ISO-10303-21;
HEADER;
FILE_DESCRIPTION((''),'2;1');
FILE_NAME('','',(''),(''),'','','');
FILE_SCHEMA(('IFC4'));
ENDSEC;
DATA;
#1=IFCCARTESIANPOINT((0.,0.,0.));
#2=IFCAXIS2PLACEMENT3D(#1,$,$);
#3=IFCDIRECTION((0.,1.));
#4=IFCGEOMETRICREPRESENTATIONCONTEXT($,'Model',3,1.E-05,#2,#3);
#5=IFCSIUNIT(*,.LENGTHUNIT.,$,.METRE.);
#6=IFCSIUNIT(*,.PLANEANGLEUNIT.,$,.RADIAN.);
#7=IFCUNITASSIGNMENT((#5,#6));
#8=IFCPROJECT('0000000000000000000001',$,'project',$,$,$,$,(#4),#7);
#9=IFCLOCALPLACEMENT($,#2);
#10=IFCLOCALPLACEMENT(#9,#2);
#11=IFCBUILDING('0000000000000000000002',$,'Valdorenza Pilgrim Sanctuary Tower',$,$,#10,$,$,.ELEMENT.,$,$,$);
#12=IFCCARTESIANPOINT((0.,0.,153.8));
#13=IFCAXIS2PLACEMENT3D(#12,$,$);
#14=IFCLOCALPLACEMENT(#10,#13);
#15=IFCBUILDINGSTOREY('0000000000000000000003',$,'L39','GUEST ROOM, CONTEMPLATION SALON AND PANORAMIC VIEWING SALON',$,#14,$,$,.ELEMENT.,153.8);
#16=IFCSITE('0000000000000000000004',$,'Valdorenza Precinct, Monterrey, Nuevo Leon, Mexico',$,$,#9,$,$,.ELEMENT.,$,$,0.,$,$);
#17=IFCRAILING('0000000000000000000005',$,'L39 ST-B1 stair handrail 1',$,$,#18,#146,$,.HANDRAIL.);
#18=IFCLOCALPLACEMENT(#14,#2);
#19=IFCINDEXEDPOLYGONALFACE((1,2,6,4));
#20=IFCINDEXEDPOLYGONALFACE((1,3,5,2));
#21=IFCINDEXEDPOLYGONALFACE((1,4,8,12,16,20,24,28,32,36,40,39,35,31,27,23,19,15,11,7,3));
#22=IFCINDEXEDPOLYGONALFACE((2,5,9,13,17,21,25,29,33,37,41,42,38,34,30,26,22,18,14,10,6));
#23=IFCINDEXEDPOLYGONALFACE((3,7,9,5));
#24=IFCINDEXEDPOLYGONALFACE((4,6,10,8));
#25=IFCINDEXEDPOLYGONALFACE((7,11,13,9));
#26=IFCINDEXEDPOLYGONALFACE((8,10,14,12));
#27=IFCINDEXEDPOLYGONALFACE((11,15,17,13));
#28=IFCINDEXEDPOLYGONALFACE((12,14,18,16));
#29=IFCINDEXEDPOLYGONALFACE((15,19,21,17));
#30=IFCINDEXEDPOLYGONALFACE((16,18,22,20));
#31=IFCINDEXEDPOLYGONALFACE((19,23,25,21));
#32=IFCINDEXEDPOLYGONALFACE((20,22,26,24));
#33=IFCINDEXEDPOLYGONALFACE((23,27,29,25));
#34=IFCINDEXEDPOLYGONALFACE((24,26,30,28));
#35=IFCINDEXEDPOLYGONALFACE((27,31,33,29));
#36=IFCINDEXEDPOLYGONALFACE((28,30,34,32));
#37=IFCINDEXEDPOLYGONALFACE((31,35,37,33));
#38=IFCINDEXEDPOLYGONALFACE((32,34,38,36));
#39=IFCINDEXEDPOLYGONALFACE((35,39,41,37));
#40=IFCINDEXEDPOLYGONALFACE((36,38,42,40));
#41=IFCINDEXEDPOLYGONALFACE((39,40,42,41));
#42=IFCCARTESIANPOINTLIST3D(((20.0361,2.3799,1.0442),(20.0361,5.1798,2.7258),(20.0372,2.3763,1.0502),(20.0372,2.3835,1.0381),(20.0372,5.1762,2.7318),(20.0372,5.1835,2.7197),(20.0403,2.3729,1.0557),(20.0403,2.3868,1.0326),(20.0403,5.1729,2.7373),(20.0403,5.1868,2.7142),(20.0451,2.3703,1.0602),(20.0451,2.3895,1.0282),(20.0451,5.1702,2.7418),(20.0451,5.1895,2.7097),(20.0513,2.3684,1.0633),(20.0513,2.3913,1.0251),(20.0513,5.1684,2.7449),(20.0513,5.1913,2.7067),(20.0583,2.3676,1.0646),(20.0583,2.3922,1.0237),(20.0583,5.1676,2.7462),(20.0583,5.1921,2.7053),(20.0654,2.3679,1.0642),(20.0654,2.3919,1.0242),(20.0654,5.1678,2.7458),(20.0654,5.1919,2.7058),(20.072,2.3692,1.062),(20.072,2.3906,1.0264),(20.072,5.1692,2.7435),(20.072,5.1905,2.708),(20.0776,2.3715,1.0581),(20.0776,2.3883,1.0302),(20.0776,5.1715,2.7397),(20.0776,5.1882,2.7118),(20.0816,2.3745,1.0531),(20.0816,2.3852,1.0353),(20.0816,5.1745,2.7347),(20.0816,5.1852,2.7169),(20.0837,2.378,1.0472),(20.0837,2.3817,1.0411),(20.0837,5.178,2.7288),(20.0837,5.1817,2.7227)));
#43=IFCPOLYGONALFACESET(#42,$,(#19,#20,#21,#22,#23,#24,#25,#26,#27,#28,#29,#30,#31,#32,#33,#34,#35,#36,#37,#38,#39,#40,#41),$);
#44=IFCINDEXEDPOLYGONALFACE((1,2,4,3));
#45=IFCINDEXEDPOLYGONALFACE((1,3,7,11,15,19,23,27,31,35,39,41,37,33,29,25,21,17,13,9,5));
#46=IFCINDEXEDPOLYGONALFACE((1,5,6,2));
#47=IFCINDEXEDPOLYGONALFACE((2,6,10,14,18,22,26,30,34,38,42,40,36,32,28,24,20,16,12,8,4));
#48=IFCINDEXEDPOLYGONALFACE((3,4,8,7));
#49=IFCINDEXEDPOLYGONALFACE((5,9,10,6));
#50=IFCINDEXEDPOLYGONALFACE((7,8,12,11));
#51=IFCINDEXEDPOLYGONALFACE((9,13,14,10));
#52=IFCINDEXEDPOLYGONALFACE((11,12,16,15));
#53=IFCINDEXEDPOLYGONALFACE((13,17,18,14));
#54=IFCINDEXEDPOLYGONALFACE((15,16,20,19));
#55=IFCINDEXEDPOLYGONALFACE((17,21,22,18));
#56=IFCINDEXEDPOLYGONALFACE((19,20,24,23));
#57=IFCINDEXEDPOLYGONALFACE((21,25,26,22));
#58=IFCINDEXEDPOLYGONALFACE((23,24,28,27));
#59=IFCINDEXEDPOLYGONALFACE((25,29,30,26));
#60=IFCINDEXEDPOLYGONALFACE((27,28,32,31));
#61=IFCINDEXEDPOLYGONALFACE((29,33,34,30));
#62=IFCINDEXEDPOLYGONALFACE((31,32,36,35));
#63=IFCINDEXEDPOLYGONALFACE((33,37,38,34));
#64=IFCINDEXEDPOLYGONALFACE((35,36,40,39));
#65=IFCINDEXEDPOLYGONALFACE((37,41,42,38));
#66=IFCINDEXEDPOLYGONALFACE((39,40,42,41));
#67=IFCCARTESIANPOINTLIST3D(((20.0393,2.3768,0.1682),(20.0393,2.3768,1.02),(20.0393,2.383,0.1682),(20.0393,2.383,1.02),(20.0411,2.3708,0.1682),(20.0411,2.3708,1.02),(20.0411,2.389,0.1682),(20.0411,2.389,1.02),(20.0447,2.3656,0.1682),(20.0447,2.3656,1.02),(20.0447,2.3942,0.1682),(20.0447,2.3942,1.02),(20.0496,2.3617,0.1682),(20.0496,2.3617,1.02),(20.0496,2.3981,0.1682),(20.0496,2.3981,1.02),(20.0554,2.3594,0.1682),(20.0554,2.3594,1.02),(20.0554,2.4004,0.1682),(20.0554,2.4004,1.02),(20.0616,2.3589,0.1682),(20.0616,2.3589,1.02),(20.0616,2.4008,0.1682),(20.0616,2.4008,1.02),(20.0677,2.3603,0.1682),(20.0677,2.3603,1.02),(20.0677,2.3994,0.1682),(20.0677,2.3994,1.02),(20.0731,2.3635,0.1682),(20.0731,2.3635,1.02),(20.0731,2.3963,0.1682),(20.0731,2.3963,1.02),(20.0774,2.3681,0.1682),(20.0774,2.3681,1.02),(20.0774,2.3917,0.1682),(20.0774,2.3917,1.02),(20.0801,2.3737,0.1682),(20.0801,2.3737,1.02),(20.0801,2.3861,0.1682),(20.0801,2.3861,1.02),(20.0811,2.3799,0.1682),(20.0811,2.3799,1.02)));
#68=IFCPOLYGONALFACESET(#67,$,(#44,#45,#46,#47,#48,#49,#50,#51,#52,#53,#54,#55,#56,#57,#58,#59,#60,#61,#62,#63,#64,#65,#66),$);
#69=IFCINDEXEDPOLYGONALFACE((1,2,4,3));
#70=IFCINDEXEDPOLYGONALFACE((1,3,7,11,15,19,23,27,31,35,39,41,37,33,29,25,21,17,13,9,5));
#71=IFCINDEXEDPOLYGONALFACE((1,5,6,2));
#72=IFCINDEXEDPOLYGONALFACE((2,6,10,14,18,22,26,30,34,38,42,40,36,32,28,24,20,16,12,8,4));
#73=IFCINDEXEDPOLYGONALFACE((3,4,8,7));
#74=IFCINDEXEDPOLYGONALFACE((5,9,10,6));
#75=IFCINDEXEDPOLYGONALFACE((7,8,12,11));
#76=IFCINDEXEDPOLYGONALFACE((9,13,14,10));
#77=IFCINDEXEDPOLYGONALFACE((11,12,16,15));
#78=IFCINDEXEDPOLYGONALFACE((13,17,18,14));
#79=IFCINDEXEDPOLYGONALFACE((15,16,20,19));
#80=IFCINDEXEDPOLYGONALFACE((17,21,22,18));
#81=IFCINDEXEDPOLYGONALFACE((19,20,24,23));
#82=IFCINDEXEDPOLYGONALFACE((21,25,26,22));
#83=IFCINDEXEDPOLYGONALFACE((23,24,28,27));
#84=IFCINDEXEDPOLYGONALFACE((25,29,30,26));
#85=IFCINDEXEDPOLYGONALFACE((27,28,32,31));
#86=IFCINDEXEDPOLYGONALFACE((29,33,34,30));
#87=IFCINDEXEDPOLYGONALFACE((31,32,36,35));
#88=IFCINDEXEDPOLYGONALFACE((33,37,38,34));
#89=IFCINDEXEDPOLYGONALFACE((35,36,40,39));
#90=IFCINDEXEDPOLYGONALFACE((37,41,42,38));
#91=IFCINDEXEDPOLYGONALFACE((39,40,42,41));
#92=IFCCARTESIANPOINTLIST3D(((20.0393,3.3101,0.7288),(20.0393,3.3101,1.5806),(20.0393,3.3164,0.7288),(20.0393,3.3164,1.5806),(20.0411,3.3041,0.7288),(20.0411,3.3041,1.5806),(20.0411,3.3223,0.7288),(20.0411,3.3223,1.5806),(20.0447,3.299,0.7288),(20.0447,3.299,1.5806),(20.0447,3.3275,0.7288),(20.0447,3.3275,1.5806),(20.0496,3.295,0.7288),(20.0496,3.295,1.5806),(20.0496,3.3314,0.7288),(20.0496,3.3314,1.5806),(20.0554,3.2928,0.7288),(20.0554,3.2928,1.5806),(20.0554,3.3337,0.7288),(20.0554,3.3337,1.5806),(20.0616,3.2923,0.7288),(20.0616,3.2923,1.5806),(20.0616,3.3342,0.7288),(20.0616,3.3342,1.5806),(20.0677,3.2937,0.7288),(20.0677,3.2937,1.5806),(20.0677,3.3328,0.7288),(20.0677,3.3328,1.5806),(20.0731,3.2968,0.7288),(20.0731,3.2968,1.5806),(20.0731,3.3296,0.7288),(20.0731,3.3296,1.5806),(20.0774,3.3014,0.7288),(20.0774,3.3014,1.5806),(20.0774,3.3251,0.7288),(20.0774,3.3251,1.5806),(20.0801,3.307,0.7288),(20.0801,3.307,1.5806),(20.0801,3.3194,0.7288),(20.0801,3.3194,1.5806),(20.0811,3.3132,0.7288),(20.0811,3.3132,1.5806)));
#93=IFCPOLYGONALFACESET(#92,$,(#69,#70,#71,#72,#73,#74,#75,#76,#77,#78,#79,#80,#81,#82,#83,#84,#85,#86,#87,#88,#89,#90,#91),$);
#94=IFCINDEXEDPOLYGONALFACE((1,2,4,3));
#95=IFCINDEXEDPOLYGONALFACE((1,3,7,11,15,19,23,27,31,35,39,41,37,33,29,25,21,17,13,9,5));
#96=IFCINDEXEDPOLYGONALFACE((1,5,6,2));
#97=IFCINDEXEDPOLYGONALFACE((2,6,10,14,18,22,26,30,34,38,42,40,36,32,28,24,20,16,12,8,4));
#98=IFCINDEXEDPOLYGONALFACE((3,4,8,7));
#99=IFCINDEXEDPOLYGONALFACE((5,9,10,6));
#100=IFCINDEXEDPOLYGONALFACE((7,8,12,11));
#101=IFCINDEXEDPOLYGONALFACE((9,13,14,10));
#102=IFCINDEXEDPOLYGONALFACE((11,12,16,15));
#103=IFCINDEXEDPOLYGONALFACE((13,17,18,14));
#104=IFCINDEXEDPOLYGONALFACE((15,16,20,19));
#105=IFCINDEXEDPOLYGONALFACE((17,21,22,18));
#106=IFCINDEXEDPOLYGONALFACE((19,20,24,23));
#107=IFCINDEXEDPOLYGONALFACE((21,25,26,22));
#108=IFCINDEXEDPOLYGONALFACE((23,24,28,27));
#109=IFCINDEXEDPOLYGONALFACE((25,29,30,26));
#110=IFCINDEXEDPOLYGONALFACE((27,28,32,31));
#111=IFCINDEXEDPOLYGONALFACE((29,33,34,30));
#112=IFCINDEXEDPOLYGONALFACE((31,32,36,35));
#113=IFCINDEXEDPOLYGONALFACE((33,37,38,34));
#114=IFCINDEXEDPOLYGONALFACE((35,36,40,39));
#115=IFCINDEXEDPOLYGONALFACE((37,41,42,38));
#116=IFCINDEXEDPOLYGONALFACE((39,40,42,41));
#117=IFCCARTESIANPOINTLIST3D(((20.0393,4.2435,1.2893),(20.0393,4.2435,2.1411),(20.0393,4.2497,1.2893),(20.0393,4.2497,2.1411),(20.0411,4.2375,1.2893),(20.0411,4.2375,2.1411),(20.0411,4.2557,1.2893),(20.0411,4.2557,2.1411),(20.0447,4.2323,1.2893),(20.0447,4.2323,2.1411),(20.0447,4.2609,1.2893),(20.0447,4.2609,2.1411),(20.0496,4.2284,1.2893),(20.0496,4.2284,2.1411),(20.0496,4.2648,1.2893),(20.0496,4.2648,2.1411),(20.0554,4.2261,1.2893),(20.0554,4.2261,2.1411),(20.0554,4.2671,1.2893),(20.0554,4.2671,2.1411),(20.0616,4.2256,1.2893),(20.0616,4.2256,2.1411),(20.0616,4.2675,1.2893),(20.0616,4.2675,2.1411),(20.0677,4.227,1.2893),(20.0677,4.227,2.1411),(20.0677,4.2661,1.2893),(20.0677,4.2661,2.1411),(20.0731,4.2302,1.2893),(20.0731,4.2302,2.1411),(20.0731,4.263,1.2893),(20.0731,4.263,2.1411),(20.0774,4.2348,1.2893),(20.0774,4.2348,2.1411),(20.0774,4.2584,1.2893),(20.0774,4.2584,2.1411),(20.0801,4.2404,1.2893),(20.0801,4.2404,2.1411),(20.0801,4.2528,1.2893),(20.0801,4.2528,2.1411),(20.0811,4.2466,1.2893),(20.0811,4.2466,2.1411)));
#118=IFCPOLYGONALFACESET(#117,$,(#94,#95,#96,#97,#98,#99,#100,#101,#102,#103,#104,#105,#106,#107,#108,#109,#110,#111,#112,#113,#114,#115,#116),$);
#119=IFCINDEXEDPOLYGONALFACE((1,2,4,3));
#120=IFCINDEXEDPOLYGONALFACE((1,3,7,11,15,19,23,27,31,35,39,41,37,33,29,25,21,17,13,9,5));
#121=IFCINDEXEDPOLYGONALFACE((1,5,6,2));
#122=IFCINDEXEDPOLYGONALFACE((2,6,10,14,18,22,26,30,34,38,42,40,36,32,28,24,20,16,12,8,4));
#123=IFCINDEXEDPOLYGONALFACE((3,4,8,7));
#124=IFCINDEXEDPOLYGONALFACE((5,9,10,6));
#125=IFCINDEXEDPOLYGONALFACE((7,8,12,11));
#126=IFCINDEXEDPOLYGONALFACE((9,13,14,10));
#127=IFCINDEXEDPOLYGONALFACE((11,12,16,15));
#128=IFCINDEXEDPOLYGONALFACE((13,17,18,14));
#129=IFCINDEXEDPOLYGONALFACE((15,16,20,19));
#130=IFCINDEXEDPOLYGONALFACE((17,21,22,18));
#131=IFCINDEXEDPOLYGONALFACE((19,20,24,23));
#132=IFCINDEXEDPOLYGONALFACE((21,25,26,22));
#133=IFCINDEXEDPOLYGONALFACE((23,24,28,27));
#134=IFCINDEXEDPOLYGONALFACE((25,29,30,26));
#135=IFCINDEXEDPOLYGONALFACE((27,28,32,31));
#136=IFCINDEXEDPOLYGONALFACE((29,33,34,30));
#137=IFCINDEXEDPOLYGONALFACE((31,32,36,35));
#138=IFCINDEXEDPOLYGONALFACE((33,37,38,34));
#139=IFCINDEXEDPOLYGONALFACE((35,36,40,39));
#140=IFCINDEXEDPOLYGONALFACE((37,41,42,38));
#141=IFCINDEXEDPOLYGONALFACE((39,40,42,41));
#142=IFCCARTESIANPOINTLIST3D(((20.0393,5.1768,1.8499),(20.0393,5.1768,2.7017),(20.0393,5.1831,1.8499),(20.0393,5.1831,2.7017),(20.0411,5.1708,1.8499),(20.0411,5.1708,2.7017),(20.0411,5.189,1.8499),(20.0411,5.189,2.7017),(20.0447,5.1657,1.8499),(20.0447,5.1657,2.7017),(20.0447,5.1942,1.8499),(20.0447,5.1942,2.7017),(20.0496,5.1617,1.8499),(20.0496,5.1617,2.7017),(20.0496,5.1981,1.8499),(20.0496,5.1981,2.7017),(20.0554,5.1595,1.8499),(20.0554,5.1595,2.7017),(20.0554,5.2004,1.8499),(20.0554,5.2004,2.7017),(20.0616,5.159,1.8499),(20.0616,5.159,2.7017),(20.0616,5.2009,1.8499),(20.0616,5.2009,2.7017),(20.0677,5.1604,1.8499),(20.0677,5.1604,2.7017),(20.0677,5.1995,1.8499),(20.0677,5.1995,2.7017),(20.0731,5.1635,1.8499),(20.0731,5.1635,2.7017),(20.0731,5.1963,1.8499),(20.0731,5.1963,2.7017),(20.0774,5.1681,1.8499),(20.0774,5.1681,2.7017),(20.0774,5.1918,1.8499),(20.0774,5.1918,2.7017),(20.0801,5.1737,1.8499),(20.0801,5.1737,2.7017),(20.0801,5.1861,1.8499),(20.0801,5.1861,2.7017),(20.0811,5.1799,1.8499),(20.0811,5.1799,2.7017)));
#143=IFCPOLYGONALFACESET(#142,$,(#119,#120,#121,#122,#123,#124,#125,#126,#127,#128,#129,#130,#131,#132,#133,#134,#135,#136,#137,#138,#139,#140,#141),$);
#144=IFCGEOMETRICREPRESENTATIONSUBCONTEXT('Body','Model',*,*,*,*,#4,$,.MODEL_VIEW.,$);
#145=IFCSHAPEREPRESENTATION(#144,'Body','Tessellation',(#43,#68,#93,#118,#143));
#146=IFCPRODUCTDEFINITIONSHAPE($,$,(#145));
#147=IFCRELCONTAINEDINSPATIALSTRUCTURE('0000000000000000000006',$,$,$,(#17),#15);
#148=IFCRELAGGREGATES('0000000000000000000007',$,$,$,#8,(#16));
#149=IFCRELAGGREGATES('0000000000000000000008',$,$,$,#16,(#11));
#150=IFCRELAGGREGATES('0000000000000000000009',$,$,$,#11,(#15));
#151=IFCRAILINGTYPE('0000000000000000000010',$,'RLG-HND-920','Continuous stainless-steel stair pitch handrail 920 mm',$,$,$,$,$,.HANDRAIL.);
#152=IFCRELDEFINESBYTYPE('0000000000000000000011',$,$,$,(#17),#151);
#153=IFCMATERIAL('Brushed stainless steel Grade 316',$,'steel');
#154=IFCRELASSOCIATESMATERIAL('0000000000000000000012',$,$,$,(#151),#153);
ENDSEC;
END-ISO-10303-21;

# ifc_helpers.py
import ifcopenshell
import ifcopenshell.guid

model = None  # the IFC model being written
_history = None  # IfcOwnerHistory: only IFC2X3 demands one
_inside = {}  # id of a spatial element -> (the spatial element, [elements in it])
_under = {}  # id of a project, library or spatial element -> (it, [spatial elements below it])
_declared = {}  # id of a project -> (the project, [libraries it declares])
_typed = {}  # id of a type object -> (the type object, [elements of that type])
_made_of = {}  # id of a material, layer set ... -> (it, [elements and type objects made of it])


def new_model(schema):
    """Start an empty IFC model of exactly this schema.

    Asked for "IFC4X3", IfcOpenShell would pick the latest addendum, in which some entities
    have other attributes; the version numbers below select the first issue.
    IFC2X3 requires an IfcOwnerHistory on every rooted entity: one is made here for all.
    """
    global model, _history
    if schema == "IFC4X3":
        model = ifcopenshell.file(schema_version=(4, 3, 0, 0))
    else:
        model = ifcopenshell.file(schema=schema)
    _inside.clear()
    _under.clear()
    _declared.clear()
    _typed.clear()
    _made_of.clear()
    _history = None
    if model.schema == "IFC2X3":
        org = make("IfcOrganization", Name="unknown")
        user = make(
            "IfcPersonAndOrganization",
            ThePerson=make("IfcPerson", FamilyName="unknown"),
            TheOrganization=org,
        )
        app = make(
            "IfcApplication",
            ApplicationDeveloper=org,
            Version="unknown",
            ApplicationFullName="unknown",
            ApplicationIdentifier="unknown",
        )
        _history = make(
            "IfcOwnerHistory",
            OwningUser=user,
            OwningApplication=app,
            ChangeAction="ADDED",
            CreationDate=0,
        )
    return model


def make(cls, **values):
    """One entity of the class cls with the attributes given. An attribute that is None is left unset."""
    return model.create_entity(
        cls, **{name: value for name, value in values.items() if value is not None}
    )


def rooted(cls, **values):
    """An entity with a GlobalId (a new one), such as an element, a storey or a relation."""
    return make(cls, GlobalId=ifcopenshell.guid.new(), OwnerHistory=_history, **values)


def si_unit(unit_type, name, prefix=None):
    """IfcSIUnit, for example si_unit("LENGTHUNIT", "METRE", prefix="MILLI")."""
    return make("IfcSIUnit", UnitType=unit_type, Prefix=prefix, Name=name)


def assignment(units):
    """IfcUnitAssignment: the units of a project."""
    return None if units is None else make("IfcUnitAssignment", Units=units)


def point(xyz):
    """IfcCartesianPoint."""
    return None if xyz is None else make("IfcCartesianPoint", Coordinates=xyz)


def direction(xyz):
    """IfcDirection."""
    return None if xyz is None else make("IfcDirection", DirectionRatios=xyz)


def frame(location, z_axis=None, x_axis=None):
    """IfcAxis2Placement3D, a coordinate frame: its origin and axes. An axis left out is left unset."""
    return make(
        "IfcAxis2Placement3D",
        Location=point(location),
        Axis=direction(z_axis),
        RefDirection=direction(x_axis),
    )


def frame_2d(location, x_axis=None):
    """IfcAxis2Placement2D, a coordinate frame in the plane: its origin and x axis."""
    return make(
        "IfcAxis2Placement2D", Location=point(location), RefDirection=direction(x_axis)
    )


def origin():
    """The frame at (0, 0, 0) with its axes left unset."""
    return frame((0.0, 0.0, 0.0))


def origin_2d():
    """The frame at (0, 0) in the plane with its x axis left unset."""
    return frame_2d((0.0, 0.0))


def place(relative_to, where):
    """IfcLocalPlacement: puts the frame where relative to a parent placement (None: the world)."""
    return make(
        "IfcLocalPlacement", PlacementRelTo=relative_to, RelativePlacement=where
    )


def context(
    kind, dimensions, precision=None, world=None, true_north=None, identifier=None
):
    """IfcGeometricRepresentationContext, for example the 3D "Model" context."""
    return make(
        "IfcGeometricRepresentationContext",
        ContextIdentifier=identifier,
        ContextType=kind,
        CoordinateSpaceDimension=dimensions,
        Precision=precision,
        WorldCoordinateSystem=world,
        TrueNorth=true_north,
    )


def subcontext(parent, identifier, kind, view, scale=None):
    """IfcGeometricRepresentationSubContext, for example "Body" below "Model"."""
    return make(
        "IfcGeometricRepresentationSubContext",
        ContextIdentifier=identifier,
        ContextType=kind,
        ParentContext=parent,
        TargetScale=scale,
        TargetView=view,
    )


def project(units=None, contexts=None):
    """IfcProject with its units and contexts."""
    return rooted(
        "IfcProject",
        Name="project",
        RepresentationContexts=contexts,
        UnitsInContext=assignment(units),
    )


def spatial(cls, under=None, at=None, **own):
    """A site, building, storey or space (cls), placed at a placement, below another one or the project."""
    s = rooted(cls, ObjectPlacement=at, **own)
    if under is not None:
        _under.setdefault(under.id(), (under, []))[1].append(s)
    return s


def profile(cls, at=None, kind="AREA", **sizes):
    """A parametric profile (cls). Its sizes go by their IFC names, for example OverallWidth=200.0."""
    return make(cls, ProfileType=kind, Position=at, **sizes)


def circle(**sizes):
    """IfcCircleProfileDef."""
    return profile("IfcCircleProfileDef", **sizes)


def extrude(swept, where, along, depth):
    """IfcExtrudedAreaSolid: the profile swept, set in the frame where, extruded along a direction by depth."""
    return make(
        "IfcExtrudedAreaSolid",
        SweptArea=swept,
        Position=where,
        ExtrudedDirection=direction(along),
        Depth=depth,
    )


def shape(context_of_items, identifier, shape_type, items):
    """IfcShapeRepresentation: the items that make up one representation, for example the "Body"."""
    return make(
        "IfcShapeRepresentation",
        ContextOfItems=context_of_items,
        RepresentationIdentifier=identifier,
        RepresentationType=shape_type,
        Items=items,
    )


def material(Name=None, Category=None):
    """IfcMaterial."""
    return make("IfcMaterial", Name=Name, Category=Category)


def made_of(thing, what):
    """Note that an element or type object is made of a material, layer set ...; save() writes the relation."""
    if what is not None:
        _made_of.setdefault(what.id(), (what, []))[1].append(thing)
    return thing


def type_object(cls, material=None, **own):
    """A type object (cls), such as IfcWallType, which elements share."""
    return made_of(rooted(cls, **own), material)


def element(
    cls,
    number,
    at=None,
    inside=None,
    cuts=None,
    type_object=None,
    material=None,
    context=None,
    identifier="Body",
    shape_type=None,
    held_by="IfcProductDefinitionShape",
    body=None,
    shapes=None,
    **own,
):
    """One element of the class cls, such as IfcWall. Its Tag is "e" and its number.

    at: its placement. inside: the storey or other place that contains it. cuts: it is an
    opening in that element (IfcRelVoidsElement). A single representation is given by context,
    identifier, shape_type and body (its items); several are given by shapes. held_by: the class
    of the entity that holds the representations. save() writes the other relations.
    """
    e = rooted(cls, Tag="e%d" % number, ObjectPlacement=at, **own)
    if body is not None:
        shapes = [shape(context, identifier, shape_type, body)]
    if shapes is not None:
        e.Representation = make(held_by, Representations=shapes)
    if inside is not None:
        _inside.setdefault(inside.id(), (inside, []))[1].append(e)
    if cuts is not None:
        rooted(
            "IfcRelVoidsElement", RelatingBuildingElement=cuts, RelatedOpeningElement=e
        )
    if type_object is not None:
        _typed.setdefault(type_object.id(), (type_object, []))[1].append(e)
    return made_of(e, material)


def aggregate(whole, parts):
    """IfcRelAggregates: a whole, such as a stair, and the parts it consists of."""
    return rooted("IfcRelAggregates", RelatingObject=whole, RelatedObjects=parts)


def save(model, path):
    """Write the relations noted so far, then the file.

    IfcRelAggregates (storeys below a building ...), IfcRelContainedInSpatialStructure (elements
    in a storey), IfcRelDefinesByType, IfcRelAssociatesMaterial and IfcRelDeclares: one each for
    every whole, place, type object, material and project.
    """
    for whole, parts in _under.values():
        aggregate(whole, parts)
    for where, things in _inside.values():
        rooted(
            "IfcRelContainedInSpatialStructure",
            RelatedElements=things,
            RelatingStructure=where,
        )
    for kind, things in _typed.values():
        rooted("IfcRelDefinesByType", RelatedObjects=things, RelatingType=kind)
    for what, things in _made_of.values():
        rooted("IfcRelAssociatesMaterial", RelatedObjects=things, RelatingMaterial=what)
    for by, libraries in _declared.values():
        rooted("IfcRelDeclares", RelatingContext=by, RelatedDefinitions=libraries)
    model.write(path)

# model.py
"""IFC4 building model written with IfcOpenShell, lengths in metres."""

from ifc_helpers import new_model, si_unit, direction, frame, origin, origin_2d, place, context, subcontext, project, spatial, circle, extrude, material, type_object, element, save


model = new_model("IFC4")

# Units and contexts
model_context = context("Model", 3, precision=1e-05, world=origin(), true_north=direction((0.0, 1.0)))
body_context = subcontext(model_context, "Body", "Model", "MODEL_VIEW")
ifc_project = project(units=[si_unit("LENGTHUNIT", "METRE"), si_unit("PLANEANGLEUNIT", "RADIAN")], contexts=[model_context])

# Site, building, storey
site_placement = place(None, origin())
site = spatial("IfcSite", under=ifc_project, at=site_placement, Name="Valdorenza Precinct, Monterrey, Nuevo Leon, Mexico", CompositionType="ELEMENT", RefElevation=0.0)
building_placement = place(site_placement, origin())
building = spatial("IfcBuilding", under=site, at=building_placement, Name="Valdorenza Pilgrim Sanctuary Tower", CompositionType="ELEMENT")
storey_placement = place(building_placement, frame((0.0, 0.0, 153.8)))
storey = spatial("IfcBuildingStorey", under=building, at=storey_placement, Name="L39", Description="GUEST ROOM, CONTEMPLATION SALON AND PANORAMIC VIEWING SALON", CompositionType="ELEMENT", Elevation=153.8)

# Shared definitions
ifc_material_1 = material(Name="Brushed stainless steel Grade 316", Category="steel")

# Railing
railing_type_1 = type_object("IfcRailingType", Name="RLG-HND-920", Description="Continuous stainless-steel stair pitch handrail 920 mm", PredefinedType="HANDRAIL", material=ifc_material_1)
railing_1_placement = place(storey_placement, frame((20.0601, 2.3799, 0.1682)))
element("IfcRailing", 1, at=railing_1_placement, inside=storey, type_object=railing_type_1, Name="L39 ST-B1 stair handrail 1", PredefinedType="HANDRAIL", context=body_context, shape_type="SweptSolid", body=[
    extrude(circle(Radius=0.0239, at=origin_2d()), frame((0.0, 0.0, 0.876), z_axis=(0.0, 0.857275, 0.514858), x_axis=(-1.0, 0.0, 0.0)), (0.0, 0.0, 1.0), 3.2661),
    extrude(circle(Radius=0.021, at=origin_2d()), origin(), (0.0, 0.0, 1.0), 0.8518),
    extrude(circle(Radius=0.021, at=origin_2d()), frame((0.0, 0.9333, 0.5605)), (0.0, 0.0, 1.0), 0.8518),
    extrude(circle(Radius=0.021, at=origin_2d()), frame((0.0, 1.8667, 1.1211)), (0.0, 0.0, 1.0), 0.8518),
    extrude(circle(Radius=0.021, at=origin_2d()), frame((0.0, 2.8, 1.6816)), (0.0, 0.0, 1.0), 0.8518),
])

save(model, "model.ifc")
